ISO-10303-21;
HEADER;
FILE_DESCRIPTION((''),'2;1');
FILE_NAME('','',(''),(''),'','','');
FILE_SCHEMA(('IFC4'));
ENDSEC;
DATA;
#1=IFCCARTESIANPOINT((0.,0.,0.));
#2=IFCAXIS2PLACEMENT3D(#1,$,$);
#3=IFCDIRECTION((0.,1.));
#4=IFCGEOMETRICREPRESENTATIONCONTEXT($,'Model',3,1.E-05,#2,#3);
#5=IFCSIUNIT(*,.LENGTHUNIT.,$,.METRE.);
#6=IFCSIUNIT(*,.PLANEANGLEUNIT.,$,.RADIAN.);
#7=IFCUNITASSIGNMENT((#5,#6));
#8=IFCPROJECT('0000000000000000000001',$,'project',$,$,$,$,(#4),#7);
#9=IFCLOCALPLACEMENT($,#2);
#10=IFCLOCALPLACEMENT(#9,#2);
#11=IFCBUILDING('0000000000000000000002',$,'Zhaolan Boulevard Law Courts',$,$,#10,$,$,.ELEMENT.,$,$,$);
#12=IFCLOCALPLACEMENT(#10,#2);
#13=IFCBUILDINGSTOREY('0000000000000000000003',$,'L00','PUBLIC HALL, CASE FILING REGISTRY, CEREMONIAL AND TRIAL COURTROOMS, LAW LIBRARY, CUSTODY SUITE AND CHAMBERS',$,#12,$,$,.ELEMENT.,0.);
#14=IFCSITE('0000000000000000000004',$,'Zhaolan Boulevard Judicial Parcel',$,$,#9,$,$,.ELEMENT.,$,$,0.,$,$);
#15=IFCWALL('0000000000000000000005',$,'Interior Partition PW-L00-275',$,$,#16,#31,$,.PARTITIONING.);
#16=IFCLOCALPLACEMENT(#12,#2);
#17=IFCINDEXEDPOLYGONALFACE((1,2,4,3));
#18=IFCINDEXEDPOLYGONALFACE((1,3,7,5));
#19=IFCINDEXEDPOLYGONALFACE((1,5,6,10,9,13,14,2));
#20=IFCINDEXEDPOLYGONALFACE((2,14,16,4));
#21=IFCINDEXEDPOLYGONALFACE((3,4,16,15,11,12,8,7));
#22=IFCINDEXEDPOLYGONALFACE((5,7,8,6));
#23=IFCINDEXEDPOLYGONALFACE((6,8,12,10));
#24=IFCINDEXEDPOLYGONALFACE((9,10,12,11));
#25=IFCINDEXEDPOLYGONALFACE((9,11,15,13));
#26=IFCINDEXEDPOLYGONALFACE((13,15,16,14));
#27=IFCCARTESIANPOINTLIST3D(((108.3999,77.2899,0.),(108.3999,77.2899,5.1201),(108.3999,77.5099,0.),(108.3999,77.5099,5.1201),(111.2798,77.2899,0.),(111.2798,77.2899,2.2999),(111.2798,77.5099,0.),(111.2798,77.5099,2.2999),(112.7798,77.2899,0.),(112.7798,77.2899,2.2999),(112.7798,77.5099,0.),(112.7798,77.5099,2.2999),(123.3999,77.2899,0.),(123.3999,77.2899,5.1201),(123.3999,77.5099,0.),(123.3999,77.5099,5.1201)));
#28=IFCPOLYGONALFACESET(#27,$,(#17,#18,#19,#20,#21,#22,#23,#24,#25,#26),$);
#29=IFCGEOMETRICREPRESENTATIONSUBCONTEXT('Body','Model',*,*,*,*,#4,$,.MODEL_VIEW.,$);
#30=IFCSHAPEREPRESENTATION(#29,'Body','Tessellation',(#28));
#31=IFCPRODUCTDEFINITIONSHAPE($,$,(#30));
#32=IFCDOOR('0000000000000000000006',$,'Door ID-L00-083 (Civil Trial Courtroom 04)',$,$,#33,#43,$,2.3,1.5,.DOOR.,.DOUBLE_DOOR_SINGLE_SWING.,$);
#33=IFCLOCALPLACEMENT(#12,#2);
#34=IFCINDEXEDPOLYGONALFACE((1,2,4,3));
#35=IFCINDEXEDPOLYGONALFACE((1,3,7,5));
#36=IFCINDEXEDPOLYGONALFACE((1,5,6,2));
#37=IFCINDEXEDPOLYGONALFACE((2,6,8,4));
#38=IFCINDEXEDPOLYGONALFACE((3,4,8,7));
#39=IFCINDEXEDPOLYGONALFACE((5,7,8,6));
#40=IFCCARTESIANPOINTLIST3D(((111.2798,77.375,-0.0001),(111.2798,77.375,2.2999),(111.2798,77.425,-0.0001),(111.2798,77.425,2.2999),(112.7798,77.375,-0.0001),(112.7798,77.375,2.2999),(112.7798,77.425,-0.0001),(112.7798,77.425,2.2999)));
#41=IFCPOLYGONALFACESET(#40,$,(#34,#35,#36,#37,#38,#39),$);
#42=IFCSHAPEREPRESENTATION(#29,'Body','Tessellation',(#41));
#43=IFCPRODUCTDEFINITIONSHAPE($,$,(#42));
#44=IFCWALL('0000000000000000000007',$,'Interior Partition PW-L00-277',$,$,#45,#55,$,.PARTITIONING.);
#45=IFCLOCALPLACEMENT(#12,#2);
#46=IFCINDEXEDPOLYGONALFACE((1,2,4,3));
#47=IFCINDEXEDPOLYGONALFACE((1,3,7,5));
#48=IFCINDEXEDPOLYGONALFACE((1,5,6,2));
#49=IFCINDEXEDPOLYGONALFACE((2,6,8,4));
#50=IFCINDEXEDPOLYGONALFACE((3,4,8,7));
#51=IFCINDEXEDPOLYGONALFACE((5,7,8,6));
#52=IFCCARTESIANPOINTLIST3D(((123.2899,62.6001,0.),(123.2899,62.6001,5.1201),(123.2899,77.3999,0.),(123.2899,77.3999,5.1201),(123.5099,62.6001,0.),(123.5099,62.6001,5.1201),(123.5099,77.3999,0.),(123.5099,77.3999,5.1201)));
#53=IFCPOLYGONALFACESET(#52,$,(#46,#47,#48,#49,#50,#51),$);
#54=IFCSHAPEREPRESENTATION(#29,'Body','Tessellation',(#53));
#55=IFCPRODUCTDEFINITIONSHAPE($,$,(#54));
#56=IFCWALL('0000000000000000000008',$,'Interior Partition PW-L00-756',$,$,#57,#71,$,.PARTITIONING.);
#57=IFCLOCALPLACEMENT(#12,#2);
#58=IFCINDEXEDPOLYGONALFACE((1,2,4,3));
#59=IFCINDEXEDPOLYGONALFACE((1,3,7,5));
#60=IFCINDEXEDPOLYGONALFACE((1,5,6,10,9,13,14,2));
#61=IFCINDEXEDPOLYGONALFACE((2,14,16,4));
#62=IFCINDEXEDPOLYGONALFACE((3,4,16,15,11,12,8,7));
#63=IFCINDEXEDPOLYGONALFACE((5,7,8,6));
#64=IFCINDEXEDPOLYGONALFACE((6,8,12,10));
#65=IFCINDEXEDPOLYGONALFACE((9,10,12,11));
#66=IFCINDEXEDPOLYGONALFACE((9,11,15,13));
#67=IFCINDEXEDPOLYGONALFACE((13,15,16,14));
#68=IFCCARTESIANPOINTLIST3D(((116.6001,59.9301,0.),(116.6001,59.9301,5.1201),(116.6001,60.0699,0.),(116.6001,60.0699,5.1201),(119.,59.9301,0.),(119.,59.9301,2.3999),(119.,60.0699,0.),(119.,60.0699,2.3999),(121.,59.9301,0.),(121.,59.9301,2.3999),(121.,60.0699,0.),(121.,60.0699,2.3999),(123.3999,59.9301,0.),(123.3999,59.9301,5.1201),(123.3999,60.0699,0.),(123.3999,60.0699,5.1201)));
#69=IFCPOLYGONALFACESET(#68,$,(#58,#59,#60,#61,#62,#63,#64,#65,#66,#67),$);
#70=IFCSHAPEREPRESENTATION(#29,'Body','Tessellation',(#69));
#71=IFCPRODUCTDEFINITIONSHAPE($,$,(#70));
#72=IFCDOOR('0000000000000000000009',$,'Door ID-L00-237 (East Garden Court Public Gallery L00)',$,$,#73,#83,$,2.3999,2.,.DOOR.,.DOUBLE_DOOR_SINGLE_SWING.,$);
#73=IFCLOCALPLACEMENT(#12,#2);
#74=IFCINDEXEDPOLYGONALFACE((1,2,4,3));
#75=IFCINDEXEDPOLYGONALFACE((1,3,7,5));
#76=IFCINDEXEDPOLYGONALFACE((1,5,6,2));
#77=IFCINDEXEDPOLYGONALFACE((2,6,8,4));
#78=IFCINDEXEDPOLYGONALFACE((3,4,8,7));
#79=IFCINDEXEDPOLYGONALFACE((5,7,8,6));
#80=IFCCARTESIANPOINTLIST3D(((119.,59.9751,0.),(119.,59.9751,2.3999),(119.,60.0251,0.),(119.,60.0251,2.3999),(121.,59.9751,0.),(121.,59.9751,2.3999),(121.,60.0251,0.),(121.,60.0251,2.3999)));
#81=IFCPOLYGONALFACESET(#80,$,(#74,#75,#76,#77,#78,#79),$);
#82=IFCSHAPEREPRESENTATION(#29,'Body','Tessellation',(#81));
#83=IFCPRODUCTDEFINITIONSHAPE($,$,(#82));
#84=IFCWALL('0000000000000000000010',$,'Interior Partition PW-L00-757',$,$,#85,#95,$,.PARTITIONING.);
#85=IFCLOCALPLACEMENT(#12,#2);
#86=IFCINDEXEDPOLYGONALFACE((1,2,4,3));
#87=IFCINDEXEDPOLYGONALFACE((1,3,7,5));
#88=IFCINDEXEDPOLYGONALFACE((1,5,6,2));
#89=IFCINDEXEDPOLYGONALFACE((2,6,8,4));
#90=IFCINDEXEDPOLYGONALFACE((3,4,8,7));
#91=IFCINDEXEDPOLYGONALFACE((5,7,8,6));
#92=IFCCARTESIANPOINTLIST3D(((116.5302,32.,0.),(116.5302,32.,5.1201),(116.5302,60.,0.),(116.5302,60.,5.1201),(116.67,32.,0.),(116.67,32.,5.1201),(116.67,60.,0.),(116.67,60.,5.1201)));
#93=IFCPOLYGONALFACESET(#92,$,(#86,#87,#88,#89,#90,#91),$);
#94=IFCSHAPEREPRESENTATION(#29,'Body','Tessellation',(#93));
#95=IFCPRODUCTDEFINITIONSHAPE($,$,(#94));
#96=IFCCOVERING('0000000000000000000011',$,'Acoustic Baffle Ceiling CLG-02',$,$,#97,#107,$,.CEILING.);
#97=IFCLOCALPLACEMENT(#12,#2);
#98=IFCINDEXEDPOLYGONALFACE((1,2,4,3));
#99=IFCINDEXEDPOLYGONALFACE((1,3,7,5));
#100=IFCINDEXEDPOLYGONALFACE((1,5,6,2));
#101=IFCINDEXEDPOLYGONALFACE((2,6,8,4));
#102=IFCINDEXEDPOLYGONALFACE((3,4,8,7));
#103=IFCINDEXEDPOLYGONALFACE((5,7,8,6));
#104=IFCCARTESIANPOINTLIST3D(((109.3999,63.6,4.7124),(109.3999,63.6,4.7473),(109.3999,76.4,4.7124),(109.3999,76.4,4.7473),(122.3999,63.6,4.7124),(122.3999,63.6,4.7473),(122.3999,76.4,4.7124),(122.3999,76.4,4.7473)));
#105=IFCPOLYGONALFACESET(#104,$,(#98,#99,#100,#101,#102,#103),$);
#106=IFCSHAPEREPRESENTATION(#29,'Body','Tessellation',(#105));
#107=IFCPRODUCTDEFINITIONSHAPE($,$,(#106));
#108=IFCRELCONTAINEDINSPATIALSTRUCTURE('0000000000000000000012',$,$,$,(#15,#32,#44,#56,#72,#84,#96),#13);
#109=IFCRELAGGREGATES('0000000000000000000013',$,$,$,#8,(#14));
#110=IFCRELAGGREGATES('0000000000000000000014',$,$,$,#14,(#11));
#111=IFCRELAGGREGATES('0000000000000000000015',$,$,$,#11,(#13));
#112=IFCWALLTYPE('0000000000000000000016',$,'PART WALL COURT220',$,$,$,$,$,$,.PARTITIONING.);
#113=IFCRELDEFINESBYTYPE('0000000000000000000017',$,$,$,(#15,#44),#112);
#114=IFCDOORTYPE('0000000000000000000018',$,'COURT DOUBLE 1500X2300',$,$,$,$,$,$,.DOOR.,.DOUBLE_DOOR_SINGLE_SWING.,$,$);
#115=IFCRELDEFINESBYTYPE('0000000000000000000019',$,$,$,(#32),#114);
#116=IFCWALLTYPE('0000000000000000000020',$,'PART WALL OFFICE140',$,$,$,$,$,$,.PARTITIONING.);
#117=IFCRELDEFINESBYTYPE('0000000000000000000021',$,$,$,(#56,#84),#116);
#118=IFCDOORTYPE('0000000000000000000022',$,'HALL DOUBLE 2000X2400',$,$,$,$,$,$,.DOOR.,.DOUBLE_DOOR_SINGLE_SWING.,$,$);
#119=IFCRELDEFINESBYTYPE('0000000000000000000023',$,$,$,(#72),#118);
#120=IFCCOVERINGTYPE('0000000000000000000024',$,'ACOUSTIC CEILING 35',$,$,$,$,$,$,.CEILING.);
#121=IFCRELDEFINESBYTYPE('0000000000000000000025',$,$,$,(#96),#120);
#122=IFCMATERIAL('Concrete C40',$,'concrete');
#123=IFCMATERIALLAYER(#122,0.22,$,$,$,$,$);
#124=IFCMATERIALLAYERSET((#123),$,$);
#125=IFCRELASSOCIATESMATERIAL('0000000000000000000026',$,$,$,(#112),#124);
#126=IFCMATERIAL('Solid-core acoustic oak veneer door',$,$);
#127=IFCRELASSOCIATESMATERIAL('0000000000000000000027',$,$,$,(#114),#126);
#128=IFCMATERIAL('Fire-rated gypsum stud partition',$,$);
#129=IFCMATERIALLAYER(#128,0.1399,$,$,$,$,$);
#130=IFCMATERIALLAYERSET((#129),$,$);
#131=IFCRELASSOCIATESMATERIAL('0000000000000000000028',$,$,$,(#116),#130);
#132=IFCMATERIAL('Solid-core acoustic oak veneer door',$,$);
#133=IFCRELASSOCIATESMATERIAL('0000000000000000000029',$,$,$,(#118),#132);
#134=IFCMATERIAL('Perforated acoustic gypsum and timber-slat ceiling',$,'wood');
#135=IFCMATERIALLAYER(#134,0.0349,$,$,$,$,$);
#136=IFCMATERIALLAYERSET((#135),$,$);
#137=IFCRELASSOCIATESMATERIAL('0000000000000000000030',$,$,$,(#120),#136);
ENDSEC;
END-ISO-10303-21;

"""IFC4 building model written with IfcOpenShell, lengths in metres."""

from ifc_helpers import new_model, si_unit, direction, frame, frame_2d, origin, origin_2d, place, context, subcontext, project, spatial, rectangle, extrude, material, layer, layer_set, type_object, element, fill, save


model = new_model("IFC4")

# Units and contexts
model_context = context("Model", 3, precision=1e-05, world=origin(), true_north=direction((0.0, 1.0)))
body_context = subcontext(model_context, "Body", "Model", "MODEL_VIEW")
ifc_project = project(units=[si_unit("LENGTHUNIT", "METRE"), si_unit("PLANEANGLEUNIT", "RADIAN")], contexts=[model_context])

# Site, building, storey
site_placement = place(None, origin())
site = spatial("IfcSite", under=ifc_project, at=site_placement, Name="Zhaolan Boulevard Judicial Parcel", CompositionType="ELEMENT", RefElevation=0.0)
building_placement = place(site_placement, origin())
building = spatial("IfcBuilding", under=site, at=building_placement, Name="Zhaolan Boulevard Law Courts", CompositionType="ELEMENT")
storey_placement = place(building_placement, origin())
storey = spatial("IfcBuildingStorey", under=building, at=storey_placement, Name="L00", Description="PUBLIC HALL, CASE FILING REGISTRY, CEREMONIAL AND TRIAL COURTROOMS, LAW LIBRARY, CUSTODY SUITE AND CHAMBERS", CompositionType="ELEMENT", Elevation=0.0)

# Wall, opening, door
ifc_material_1 = material(Name="Concrete C40", Category="concrete")
ifc_layer_1 = layer(ifc_material_1, 0.22)
ifc_layer_set_1 = layer_set([ifc_layer_1])
wall_type_1 = type_object("IfcWallType", Name="PART WALL COURT220", PredefinedType="PARTITIONING", material=ifc_layer_set_1)
wall_1_placement = place(storey_placement, frame((123.3999, 77.3999, 0.0), z_axis=(0.0, 0.0, 1.0), x_axis=(-1.0, 0.0, 0.0)))
wall_1 = element("IfcWall", 1, at=wall_1_placement, inside=storey, type_object=wall_type_1, Name="Interior Partition PW-L00-275", PredefinedType="PARTITIONING", context=body_context, shape_type="SweptSolid", body=[
    extrude(rectangle(XDim=15.0, YDim=0.22, at=frame_2d((7.5, 0.0))), origin(), (0.0, 0.0, 1.0), 5.1201),
])
opening_1_placement = place(wall_1_placement, frame((10.6201, 0.0, 0.0)))
opening_1 = element("IfcOpeningElement", 2, at=opening_1_placement, cuts=wall_1, PredefinedType="OPENING", context=body_context, shape_type="SweptSolid", body=[
    extrude(rectangle(XDim=1.5, YDim=2.3, at=frame_2d((0.75, 1.1499))), frame((0.0, 0.1199, 0.0), z_axis=(0.0, -1.0, 0.0), x_axis=(1.0, 0.0, 0.0)), (0.0, 0.0, 1.0), 0.24),
])
ifc_material_2 = material(Name="Solid-core acoustic oak veneer door")
door_type_1 = type_object("IfcDoorType", Name="COURT DOUBLE 1500X2300", OperationType="DOUBLE_DOOR_SINGLE_SWING", PredefinedType="DOOR", material=ifc_material_2)
door_1_placement = place(opening_1_placement, origin())
door_1 = element("IfcDoor", 3, at=door_1_placement, inside=storey, type_object=door_type_1, Name="Door ID-L00-083 (Civil Trial Courtroom 04)", OperationType="DOUBLE_DOOR_SINGLE_SWING", OverallHeight=2.3, OverallWidth=1.5, PredefinedType="DOOR", context=body_context, shape_type="SweptSolid", body=[
    extrude(rectangle(XDim=1.5, YDim=2.3, at=frame_2d((0.75, 1.1499))), frame((0.0, 0.0249, 0.0), z_axis=(0.0, -1.0, 0.0), x_axis=(1.0, 0.0, 0.0)), (0.0, 0.0, 1.0), 0.05),
])
fill(opening_1, door_1)

# Wall
wall_2_placement = place(storey_placement, frame((123.3999, 62.6001, 0.0), z_axis=(0.0, 0.0, 1.0), x_axis=(0.0, 1.0, 0.0)))
element("IfcWall", 4, at=wall_2_placement, inside=storey, type_object=wall_type_1, Name="Interior Partition PW-L00-277", PredefinedType="PARTITIONING", context=body_context, shape_type="SweptSolid", body=[
    extrude(rectangle(XDim=14.7998, YDim=0.22, at=frame_2d((7.3999, 0.0))), origin(), (0.0, 0.0, 1.0), 5.1201),
])

# Wall, opening, door
ifc_material_3 = material(Name="Fire-rated gypsum stud partition")
ifc_layer_2 = layer(ifc_material_3, 0.1399)
ifc_layer_set_2 = layer_set([ifc_layer_2])
wall_type_2 = type_object("IfcWallType", Name="PART WALL OFFICE140", PredefinedType="PARTITIONING", material=ifc_layer_set_2)
wall_3_placement = place(storey_placement, frame((123.3999, 60.0, 0.0), z_axis=(0.0, 0.0, 1.0), x_axis=(-1.0, 0.0, 0.0)))
wall_3 = element("IfcWall", 5, at=wall_3_placement, inside=storey, type_object=wall_type_2, Name="Interior Partition PW-L00-756", PredefinedType="PARTITIONING", context=body_context, shape_type="SweptSolid", body=[
    extrude(rectangle(XDim=6.7998, YDim=0.1399, at=frame_2d((3.3999, 0.0))), origin(), (0.0, 0.0, 1.0), 5.1201),
])
opening_2_placement = place(wall_3_placement, frame((2.3999, 0.0, 0.0)))
opening_2 = element("IfcOpeningElement", 6, at=opening_2_placement, cuts=wall_3, PredefinedType="OPENING", context=body_context, shape_type="SweptSolid", body=[
    extrude(rectangle(XDim=2.0, YDim=2.3999, at=frame_2d((1.0, 1.2))), frame((0.0, 0.0798, 0.0), z_axis=(0.0, -1.0, 0.0), x_axis=(1.0, 0.0, 0.0)), (0.0, 0.0, 1.0), 0.1599),
])
ifc_material_4 = material(Name="Solid-core acoustic oak veneer door")
door_type_2 = type_object("IfcDoorType", Name="HALL DOUBLE 2000X2400", OperationType="DOUBLE_DOOR_SINGLE_SWING", PredefinedType="DOOR", material=ifc_material_4)
door_2_placement = place(opening_2_placement, origin())
door_2 = element("IfcDoor", 7, at=door_2_placement, inside=storey, type_object=door_type_2, Name="Door ID-L00-237 (East Garden Court Public Gallery L00)", OperationType="DOUBLE_DOOR_SINGLE_SWING", OverallHeight=2.3999, OverallWidth=2.0, PredefinedType="DOOR", context=body_context, shape_type="SweptSolid", body=[
    extrude(rectangle(XDim=2.0, YDim=2.3999, at=frame_2d((1.0, 1.2))), frame((0.0, 0.0249, 0.0), z_axis=(0.0, -1.0, 0.0), x_axis=(1.0, 0.0, 0.0)), (0.0, 0.0, 1.0), 0.05),
])
fill(opening_2, door_2)

# Wall
wall_4_placement = place(storey_placement, frame((116.6001, 60.0, 0.0), z_axis=(0.0, 0.0, 1.0), x_axis=(0.0, -1.0, 0.0)))
element("IfcWall", 8, at=wall_4_placement, inside=storey, type_object=wall_type_2, Name="Interior Partition PW-L00-757", PredefinedType="PARTITIONING", context=body_context, shape_type="SweptSolid", body=[
    extrude(rectangle(XDim=28.0, YDim=0.1399, at=frame_2d((14.0, 0.0))), origin(), (0.0, 0.0, 1.0), 5.1201),
])

# Covering
ifc_material_5 = material(Name="Perforated acoustic gypsum and timber-slat ceiling", Category="wood")
ifc_layer_3 = layer(ifc_material_5, 0.0349)
ifc_layer_set_3 = layer_set([ifc_layer_3])
covering_type_1 = type_object("IfcCoveringType", Name="ACOUSTIC CEILING 35", PredefinedType="CEILING", material=ifc_layer_set_3)
covering_1_placement = place(storey_placement, frame((115.8999, 70.0, 4.7124), z_axis=(0.0, 0.0, 1.0), x_axis=(1.0, 0.0, 0.0)))
element("IfcCovering", 9, at=covering_1_placement, inside=storey, type_object=covering_type_1, Name="Acoustic Baffle Ceiling CLG-02", PredefinedType="CEILING", context=body_context, shape_type="SweptSolid", body=[
    extrude(rectangle(XDim=13.0, YDim=12.8, at=origin_2d()), origin(), (0.0, 0.0, 1.0), 0.0349),
])

save(model, "model.ifc")
